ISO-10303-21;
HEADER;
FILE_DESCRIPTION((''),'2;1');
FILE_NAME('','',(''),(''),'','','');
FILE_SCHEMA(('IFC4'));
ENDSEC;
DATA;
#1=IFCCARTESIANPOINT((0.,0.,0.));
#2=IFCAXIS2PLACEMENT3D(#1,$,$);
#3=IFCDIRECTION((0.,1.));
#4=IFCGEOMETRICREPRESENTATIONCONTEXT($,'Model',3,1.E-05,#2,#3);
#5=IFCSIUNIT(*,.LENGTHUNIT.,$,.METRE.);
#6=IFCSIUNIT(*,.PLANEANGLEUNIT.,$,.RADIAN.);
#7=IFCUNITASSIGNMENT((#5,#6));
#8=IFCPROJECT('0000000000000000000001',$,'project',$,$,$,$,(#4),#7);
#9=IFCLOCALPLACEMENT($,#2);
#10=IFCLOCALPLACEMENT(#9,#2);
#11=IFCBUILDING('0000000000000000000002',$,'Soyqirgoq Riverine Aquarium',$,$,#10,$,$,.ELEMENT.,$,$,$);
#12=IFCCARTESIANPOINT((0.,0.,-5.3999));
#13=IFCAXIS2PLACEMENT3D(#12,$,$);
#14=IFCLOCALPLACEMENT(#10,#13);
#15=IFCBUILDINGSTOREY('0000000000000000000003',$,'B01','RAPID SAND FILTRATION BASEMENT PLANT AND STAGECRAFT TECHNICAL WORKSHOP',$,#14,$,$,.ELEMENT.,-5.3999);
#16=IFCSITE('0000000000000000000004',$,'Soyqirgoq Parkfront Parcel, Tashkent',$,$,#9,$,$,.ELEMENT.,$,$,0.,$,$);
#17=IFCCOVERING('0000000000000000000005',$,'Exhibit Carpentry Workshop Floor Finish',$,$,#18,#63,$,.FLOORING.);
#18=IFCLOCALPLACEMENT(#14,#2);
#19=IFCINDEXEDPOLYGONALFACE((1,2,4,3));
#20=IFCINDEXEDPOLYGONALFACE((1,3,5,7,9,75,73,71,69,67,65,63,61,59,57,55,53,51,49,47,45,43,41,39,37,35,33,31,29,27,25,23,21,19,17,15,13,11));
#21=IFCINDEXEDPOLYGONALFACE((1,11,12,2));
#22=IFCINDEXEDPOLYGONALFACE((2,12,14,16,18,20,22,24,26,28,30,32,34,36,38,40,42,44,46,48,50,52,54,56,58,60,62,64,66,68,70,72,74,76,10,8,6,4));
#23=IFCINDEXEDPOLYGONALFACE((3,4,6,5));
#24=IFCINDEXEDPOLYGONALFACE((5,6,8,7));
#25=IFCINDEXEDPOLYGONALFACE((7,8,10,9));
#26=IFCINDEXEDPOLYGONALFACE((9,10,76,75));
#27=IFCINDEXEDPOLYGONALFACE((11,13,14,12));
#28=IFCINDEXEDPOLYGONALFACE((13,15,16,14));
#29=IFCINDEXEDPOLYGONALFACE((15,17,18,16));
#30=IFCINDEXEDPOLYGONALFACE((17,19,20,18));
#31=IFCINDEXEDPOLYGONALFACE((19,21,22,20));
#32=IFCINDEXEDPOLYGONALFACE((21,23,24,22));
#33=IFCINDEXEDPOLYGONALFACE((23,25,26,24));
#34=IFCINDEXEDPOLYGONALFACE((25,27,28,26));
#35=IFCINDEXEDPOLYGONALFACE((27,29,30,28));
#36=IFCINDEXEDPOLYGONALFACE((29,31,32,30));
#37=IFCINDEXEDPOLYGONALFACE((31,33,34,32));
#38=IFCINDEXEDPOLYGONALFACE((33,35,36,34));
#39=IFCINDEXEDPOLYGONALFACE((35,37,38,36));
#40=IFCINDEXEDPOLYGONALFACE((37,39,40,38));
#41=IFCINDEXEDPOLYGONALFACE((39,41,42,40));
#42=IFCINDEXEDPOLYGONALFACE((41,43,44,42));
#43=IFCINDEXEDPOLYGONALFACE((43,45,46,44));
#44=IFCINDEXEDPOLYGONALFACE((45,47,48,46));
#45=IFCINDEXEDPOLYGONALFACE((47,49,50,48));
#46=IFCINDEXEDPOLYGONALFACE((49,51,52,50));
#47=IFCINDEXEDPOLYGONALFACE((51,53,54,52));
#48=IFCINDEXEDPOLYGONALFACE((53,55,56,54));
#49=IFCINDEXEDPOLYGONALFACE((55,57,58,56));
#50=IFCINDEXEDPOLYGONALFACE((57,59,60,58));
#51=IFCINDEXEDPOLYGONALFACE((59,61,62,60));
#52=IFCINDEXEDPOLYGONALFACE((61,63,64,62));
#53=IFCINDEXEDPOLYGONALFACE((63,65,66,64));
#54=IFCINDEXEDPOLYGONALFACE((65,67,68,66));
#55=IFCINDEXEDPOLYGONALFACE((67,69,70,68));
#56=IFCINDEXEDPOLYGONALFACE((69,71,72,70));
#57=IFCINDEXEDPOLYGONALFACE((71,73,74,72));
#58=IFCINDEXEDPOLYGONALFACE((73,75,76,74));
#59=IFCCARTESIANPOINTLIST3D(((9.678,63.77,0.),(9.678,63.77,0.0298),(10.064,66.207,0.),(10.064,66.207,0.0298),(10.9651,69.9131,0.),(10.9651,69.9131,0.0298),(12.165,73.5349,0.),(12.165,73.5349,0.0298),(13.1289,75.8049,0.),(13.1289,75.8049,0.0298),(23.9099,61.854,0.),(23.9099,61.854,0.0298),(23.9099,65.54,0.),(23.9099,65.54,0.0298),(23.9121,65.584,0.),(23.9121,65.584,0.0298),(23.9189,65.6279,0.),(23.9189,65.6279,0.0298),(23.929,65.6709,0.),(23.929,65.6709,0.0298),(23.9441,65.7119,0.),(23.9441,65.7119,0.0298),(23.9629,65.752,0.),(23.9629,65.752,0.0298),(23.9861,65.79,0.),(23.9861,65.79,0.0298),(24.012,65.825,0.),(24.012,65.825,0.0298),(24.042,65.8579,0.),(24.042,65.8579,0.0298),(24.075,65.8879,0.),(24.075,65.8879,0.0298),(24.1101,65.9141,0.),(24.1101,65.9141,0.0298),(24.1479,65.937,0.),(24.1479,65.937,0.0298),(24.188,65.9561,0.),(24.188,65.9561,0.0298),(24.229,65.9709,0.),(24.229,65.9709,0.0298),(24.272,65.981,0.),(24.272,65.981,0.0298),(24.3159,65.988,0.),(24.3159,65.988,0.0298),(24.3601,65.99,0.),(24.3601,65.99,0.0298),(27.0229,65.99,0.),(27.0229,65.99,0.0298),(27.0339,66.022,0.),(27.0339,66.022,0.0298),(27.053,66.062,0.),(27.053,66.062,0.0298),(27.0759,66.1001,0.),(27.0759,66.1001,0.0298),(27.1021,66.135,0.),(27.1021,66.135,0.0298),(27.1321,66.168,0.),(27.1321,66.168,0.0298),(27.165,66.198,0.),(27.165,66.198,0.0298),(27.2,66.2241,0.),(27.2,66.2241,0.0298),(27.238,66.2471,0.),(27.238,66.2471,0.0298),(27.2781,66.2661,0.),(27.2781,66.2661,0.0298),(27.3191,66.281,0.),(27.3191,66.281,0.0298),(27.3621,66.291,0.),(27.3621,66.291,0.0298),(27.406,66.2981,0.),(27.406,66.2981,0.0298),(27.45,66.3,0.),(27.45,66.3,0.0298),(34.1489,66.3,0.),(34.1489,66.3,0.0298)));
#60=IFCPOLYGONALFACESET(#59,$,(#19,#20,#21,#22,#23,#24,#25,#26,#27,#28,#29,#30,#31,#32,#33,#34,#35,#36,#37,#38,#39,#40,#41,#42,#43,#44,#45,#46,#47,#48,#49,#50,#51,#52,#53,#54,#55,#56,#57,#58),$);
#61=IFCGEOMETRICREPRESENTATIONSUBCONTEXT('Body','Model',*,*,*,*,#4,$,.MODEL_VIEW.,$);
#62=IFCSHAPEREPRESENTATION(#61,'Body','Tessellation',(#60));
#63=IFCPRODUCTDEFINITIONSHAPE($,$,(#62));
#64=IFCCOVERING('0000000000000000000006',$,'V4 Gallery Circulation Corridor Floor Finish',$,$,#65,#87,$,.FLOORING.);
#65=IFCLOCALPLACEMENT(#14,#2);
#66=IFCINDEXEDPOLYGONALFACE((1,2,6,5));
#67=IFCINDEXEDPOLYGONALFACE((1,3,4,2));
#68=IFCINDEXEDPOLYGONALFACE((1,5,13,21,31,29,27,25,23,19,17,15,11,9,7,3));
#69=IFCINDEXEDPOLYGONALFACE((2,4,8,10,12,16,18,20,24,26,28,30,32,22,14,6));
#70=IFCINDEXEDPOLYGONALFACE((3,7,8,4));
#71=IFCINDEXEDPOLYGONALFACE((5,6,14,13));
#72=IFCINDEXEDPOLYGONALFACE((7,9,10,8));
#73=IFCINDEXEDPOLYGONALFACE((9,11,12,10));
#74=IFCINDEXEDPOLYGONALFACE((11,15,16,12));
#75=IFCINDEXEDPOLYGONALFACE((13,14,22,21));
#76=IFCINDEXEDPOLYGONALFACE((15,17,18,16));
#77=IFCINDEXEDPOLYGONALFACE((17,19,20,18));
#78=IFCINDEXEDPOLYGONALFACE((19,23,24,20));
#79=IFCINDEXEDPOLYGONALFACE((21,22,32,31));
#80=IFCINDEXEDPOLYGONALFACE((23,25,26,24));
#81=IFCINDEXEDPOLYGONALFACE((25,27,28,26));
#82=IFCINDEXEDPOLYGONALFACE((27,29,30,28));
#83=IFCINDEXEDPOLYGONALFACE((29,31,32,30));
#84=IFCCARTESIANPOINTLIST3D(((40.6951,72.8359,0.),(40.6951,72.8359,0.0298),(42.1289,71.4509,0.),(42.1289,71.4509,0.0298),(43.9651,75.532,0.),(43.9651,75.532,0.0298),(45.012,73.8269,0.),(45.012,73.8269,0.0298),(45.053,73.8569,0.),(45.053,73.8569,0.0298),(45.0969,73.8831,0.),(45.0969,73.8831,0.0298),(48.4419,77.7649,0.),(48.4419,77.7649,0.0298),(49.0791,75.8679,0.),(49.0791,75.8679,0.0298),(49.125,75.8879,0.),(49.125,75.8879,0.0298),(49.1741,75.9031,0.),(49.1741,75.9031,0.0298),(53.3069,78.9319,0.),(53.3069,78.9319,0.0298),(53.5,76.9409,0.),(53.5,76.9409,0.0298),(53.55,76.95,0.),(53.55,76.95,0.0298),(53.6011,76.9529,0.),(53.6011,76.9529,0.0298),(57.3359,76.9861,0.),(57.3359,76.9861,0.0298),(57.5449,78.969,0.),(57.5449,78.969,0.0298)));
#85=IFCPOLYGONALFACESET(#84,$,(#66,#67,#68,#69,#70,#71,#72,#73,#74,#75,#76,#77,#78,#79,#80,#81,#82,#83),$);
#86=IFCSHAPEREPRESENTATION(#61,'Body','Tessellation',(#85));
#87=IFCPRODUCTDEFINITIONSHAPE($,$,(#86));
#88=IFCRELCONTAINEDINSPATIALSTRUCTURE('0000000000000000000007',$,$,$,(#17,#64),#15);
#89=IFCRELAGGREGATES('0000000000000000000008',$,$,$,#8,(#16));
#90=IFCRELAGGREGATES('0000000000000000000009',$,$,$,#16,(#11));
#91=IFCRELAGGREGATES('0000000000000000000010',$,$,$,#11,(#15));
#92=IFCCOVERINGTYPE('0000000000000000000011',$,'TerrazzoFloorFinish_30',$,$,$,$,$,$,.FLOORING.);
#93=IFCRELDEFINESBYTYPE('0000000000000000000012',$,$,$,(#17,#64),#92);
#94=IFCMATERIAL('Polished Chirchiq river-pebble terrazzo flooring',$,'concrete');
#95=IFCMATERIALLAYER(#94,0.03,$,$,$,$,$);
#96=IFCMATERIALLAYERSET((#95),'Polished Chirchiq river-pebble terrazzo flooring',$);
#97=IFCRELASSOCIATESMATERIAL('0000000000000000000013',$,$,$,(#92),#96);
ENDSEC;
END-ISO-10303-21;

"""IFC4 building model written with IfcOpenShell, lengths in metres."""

from ifc_helpers import new_model, si_unit, direction, frame, origin, place, context, subcontext, project, spatial, polyline, outline, extrude, material, layer, layer_set, type_object, element, save


model = new_model("IFC4")

# Units and contexts
model_context = context("Model", 3, precision=1e-05, world=origin(), true_north=direction((0.0, 1.0)))
body_context = subcontext(model_context, "Body", "Model", "MODEL_VIEW")
ifc_project = project(units=[si_unit("LENGTHUNIT", "METRE"), si_unit("PLANEANGLEUNIT", "RADIAN")], contexts=[model_context])

# Site, building, storey
site_placement = place(None, origin())
site = spatial("IfcSite", under=ifc_project, at=site_placement, Name="Soyqirgoq Parkfront Parcel, Tashkent", CompositionType="ELEMENT", RefElevation=0.0)
building_placement = place(site_placement, origin())
building = spatial("IfcBuilding", under=site, at=building_placement, Name="Soyqirgoq Riverine Aquarium", CompositionType="ELEMENT")
storey_placement = place(building_placement, frame((0.0, 0.0, -5.3999)))
storey = spatial("IfcBuildingStorey", under=building, at=storey_placement, Name="B01", Description="RAPID SAND FILTRATION BASEMENT PLANT AND STAGECRAFT TECHNICAL WORKSHOP", CompositionType="ELEMENT", Elevation=-5.3999)

# Coverings
ifc_material_1 = material(Name="Polished Chirchiq river-pebble terrazzo flooring", Category="concrete")
ifc_layer_1 = layer(ifc_material_1, 0.03)
ifc_layer_set_1 = layer_set([ifc_layer_1], Name="Polished Chirchiq river-pebble terrazzo flooring")
covering_type_1 = type_object("IfcCoveringType", Name="TerrazzoFloorFinish_30", PredefinedType="FLOORING", material=ifc_layer_set_1)
covering_1_placement = place(storey_placement, origin())
element("IfcCovering", 1, at=covering_1_placement, inside=storey, type_object=covering_type_1, Name="Exhibit Carpentry Workshop Floor Finish", PredefinedType="FLOORING", context=body_context, shape_type="SweptSolid", body=[
    extrude(outline(polyline([(10.064, 66.207), (10.9651, 69.9131), (12.165, 73.5349), (13.1289, 75.8049), (34.1489, 66.3), (27.45, 66.3), (27.406, 66.2981), (27.3621, 66.291), (27.3191, 66.281), (27.2781, 66.2661), (27.238, 66.2471), (27.2, 66.2241), (27.165, 66.198), (27.1321, 66.168), (27.1021, 66.135), (27.0759, 66.1001), (27.053, 66.062), (27.0339, 66.022), (27.0229, 65.99), (24.3601, 65.99), (24.3159, 65.988), (24.272, 65.981), (24.229, 65.9709), (24.188, 65.9561), (24.1479, 65.937), (24.1101, 65.9141), (24.075, 65.8879), (24.042, 65.8579), (24.012, 65.825), (23.9861, 65.79), (23.9629, 65.752), (23.9441, 65.7119), (23.929, 65.6709), (23.9189, 65.6279), (23.9121, 65.584), (23.9099, 65.54), (23.9099, 61.854), (9.678, 63.77), (10.064, 66.207)])), origin(), (0.0, 0.0, 1.0), 0.0298),
])
covering_2_placement = place(storey_placement, origin())
element("IfcCovering", 2, at=covering_2_placement, inside=storey, type_object=covering_type_1, Name="V4 Gallery Circulation Corridor Floor Finish", PredefinedType="FLOORING", context=body_context, shape_type="SweptSolid", body=[
    extrude(outline(polyline([(57.3359, 76.9861), (53.6011, 76.9529), (53.55, 76.95), (53.5, 76.9409), (49.1741, 75.9031), (49.125, 75.8879), (49.0791, 75.8679), (45.0969, 73.8831), (45.053, 73.8569), (45.012, 73.8269), (42.1289, 71.4509), (40.6951, 72.8359), (43.9651, 75.532), (48.4419, 77.7649), (53.3069, 78.9319), (57.5449, 78.969), (57.3359, 76.9861)])), origin(), (0.0, 0.0, 1.0), 0.0298),
])

save(model, "model.ifc")
